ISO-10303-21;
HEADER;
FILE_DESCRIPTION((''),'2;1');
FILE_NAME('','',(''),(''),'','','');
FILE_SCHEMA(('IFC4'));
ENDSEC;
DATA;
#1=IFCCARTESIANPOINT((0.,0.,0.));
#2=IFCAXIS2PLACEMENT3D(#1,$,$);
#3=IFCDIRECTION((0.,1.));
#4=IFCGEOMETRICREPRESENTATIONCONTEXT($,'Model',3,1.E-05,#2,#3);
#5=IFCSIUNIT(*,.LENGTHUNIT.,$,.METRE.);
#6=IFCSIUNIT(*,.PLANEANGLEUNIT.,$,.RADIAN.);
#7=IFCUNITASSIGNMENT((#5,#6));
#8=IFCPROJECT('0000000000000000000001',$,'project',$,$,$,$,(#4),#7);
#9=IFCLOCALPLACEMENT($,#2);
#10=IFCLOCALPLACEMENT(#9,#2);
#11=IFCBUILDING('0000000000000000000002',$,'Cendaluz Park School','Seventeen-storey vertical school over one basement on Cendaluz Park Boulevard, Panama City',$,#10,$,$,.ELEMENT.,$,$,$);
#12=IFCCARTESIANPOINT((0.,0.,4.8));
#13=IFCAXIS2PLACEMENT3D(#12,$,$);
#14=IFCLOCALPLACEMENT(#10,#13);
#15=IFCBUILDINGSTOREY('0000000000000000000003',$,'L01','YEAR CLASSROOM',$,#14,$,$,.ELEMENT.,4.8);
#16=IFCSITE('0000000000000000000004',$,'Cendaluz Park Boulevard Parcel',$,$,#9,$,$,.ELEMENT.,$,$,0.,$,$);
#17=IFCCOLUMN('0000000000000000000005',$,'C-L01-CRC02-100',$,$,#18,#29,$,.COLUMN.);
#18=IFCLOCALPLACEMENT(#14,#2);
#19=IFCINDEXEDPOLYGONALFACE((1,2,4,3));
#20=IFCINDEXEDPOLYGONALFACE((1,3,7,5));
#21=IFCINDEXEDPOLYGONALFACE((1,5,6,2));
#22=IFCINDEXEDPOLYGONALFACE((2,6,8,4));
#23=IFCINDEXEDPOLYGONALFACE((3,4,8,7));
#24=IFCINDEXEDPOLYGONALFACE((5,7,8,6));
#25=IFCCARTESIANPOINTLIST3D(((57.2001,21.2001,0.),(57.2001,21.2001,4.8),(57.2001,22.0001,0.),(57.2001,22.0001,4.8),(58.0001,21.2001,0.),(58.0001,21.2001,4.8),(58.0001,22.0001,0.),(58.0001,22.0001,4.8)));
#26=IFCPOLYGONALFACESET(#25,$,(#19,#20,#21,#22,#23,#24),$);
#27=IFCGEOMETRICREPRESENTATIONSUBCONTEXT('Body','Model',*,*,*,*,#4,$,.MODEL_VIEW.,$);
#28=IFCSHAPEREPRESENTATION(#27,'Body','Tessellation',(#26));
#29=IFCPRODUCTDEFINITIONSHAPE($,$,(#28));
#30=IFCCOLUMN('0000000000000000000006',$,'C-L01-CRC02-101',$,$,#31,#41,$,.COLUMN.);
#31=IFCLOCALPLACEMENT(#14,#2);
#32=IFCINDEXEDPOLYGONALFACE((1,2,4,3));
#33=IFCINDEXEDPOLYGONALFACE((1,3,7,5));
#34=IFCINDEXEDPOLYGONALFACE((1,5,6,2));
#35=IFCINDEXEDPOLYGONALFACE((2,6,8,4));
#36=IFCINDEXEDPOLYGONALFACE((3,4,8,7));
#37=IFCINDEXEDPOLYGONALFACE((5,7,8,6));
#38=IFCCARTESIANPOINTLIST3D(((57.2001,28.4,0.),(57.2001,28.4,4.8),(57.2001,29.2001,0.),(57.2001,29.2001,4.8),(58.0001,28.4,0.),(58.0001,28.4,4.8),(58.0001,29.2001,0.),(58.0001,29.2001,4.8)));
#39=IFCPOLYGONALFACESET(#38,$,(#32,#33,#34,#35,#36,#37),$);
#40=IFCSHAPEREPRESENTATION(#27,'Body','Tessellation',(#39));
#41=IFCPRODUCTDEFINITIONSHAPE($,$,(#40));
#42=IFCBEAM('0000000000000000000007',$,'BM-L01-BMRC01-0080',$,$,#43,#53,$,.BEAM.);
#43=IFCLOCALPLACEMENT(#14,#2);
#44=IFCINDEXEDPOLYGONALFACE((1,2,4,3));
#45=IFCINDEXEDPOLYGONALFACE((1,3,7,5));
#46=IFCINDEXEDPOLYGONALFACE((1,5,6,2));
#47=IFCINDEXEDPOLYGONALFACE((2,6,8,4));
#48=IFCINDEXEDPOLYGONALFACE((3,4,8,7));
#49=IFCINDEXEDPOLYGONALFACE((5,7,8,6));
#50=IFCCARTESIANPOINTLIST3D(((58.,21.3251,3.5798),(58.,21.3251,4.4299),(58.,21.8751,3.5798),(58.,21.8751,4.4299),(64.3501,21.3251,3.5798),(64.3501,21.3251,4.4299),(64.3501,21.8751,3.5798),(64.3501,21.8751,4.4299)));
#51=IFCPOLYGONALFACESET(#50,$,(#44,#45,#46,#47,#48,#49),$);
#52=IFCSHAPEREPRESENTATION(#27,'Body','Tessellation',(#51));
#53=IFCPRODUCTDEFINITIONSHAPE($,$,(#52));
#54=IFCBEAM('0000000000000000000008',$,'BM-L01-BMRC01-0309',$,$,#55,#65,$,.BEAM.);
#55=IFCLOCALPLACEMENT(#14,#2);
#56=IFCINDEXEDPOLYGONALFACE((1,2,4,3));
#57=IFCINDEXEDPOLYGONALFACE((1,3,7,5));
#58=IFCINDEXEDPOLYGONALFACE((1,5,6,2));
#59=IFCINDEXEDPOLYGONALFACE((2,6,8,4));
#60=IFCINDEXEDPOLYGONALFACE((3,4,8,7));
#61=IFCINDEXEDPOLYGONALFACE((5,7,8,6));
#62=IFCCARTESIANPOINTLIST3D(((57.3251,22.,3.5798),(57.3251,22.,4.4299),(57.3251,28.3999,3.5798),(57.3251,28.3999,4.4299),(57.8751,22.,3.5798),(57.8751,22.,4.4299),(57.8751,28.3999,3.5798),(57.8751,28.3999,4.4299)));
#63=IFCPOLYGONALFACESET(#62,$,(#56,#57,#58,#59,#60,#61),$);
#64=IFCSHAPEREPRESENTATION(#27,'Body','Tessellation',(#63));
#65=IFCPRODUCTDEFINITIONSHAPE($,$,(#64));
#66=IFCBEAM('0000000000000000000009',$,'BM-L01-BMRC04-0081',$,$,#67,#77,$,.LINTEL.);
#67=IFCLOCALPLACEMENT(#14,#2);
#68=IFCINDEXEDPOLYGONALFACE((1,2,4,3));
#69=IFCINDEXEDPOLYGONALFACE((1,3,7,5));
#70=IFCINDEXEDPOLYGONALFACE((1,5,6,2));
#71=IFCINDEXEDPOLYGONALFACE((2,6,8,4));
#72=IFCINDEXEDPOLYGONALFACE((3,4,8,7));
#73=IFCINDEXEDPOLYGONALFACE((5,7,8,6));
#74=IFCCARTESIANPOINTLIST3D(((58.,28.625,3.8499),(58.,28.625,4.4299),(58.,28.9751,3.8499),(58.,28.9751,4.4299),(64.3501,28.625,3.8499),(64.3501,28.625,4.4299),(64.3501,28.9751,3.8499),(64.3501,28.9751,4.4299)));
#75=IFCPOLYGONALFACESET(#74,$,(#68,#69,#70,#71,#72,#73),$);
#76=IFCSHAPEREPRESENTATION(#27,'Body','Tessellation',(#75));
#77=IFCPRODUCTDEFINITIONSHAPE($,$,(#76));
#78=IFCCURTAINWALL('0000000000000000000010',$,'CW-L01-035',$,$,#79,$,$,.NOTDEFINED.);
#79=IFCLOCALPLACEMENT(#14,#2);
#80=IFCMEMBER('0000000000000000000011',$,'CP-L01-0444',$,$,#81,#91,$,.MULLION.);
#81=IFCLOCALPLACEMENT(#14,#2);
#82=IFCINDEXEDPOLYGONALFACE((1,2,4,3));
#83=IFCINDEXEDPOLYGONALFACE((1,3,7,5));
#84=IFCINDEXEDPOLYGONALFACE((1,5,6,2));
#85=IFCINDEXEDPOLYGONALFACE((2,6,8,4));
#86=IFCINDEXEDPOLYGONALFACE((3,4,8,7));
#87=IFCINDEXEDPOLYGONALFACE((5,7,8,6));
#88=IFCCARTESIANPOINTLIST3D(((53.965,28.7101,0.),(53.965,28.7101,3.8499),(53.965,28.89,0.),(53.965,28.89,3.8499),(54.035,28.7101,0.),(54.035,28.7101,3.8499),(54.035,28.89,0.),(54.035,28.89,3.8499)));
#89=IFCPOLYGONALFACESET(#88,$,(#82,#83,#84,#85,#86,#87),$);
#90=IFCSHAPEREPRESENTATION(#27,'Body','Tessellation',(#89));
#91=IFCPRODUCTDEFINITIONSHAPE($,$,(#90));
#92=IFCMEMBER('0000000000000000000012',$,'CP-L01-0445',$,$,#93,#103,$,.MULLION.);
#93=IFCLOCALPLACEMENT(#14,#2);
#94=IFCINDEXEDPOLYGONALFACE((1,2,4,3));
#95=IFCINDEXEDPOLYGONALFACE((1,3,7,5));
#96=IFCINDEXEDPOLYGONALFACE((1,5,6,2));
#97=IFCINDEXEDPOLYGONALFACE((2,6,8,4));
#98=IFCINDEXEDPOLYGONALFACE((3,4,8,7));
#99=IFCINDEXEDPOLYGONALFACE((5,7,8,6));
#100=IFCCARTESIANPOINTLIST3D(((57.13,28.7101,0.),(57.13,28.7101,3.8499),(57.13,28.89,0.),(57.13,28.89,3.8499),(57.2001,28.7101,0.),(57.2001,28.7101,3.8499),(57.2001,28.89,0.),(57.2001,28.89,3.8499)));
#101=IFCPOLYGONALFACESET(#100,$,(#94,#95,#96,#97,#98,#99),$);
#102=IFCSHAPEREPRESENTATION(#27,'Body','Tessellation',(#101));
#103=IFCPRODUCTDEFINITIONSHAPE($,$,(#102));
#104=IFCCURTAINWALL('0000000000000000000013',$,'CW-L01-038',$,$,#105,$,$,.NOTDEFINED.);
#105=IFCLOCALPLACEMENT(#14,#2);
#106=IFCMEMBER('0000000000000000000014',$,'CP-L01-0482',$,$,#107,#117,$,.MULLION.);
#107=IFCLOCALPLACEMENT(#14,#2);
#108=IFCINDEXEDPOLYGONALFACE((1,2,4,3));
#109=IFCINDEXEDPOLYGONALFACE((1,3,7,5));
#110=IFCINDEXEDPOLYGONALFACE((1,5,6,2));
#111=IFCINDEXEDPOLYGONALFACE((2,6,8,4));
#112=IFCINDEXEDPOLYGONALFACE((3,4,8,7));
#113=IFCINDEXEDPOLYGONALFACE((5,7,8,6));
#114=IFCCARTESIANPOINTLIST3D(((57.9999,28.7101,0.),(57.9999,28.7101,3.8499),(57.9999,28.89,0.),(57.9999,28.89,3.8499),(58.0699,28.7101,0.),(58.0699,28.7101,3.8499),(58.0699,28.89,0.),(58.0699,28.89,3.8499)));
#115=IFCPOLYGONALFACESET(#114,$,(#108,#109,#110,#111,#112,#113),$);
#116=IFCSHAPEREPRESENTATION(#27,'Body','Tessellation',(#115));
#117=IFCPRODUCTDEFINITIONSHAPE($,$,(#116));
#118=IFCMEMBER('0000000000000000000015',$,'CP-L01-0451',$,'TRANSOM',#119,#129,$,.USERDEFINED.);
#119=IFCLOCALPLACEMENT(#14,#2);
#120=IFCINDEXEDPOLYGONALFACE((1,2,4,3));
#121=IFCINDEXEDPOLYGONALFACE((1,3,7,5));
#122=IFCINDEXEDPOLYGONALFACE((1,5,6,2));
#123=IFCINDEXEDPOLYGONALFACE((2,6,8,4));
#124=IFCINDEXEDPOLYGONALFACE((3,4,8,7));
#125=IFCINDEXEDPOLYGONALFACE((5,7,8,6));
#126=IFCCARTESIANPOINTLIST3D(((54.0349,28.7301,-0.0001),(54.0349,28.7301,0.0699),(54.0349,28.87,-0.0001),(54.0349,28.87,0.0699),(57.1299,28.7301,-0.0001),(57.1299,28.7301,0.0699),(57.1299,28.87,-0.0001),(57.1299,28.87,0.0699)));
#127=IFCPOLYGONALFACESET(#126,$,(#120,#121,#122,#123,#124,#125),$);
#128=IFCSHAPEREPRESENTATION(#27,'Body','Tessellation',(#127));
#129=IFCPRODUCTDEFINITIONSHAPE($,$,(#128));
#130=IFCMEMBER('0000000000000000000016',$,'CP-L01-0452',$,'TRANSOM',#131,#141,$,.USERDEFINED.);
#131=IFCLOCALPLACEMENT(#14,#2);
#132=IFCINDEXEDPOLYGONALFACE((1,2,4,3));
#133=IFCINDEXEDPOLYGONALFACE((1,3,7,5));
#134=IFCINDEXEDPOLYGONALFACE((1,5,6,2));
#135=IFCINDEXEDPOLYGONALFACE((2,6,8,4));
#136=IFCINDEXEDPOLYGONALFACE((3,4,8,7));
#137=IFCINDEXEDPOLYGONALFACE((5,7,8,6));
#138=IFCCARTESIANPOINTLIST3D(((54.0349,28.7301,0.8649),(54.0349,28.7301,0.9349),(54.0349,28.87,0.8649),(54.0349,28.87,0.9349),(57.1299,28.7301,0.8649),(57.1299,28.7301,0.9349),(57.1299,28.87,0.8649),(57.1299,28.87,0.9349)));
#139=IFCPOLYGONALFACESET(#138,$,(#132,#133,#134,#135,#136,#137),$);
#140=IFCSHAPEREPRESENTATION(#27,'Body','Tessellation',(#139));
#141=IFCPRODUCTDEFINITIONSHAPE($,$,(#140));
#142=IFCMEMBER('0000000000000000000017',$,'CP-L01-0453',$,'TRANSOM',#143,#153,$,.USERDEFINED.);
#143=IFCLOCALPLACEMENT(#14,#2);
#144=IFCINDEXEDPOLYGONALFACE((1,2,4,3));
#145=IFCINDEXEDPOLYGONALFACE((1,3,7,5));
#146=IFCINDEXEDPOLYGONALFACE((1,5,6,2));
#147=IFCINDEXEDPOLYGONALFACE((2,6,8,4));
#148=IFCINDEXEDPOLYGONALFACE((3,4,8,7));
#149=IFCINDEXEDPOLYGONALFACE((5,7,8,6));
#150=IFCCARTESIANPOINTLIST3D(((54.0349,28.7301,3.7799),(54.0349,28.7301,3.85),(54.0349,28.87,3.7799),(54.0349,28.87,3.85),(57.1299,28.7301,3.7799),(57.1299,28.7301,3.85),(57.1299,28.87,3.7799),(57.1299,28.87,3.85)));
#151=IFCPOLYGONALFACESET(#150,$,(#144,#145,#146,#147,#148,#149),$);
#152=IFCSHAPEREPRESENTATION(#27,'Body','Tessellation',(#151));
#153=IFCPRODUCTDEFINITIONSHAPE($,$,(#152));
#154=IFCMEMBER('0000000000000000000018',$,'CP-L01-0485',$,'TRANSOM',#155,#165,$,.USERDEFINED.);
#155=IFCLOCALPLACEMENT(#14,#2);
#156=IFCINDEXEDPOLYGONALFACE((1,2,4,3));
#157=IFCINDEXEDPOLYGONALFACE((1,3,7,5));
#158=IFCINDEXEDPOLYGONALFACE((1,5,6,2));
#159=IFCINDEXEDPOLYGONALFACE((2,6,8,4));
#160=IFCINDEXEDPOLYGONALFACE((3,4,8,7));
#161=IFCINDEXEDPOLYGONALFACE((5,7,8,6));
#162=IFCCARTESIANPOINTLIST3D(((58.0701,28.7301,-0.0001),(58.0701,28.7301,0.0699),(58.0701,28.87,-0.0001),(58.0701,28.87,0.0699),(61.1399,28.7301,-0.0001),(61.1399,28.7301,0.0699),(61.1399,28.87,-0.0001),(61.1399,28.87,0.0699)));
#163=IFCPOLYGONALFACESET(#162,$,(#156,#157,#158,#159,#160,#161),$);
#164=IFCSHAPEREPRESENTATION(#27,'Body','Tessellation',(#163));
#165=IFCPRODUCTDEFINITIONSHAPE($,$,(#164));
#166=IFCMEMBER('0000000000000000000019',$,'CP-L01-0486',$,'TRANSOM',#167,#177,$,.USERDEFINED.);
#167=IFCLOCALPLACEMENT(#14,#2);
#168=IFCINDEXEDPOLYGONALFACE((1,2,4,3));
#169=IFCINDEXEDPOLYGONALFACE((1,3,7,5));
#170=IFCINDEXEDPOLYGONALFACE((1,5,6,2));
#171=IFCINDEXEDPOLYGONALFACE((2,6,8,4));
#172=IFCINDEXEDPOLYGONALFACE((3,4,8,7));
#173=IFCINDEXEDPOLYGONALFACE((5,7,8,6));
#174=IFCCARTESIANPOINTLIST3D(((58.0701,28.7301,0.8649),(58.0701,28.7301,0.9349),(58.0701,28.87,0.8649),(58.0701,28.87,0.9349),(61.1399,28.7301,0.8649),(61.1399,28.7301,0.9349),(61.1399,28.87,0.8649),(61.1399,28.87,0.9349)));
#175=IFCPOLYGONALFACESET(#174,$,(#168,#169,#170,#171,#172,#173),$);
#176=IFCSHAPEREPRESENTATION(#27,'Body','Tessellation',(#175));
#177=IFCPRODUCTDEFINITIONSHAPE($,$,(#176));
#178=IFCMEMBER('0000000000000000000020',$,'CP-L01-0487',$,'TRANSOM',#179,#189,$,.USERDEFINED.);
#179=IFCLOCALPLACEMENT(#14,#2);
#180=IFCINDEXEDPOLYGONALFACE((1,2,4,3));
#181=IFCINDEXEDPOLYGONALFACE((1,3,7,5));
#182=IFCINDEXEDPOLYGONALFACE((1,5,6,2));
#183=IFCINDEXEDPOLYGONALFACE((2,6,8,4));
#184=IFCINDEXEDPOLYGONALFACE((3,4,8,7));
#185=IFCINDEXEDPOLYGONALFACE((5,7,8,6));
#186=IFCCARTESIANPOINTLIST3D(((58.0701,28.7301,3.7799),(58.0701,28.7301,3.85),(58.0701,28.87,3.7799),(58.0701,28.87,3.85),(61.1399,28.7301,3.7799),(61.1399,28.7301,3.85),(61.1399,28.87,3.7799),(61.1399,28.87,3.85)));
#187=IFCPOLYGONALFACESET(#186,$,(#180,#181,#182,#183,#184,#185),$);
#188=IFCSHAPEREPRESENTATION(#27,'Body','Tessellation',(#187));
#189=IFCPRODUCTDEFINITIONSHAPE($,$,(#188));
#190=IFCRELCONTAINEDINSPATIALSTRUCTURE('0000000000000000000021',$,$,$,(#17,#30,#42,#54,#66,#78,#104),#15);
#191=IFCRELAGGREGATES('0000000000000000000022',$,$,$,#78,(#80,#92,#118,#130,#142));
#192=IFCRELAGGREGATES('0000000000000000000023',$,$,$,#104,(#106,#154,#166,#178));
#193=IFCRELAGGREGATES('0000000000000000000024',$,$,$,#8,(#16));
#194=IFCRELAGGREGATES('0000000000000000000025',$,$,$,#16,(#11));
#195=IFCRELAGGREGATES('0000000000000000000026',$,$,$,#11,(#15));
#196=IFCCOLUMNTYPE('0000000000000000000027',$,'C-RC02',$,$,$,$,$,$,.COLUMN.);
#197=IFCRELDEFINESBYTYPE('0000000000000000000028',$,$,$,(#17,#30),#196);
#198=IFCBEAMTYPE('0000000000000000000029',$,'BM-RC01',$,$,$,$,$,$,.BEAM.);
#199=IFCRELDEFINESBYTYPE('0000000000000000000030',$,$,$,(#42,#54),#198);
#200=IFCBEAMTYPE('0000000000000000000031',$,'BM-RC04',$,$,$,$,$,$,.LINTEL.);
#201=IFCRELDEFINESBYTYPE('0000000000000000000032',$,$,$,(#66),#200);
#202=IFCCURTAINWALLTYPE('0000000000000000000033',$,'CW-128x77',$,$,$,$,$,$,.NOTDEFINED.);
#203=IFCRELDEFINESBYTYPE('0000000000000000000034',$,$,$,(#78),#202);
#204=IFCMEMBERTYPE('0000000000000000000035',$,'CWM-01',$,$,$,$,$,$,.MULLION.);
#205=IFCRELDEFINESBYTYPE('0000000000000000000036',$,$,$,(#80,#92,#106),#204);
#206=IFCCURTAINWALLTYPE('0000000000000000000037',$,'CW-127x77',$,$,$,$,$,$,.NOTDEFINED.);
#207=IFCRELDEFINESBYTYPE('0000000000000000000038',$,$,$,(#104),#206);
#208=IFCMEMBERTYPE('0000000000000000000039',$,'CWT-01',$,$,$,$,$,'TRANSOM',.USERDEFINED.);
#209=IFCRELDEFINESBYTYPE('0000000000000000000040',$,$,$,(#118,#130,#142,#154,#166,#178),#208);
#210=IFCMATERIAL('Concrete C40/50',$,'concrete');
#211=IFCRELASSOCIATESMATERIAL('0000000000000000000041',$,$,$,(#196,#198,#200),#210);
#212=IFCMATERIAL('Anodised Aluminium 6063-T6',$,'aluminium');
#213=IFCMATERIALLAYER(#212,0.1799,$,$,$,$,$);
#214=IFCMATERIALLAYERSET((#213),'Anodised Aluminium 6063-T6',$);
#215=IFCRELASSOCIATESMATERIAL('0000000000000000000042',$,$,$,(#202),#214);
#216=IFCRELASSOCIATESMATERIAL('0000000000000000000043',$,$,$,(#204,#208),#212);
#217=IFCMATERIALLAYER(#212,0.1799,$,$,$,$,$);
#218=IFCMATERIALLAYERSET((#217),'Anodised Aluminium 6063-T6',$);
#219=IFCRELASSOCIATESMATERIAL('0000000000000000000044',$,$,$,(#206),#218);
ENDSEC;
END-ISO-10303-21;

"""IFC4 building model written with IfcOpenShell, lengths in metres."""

from ifc_helpers import new_model, si_unit, direction, frame, origin, origin_2d, place, context, subcontext, project, spatial, rectangle, extrude, material, layer, layer_set, material_profile, profile_set, type_object, element, aggregate, save


model = new_model("IFC4")

# Units and contexts
model_context = context("Model", 3, precision=1e-05, world=origin(), true_north=direction((0.0, 1.0)))
body_context = subcontext(model_context, "Body", "Model", "MODEL_VIEW")
ifc_project = project(units=[si_unit("LENGTHUNIT", "METRE"), si_unit("PLANEANGLEUNIT", "RADIAN")], contexts=[model_context])

# Site, building, storey
site_placement = place(None, origin())
site = spatial("IfcSite", under=ifc_project, at=site_placement, Name="Cendaluz Park Boulevard Parcel", CompositionType="ELEMENT", RefElevation=0.0)
building_placement = place(site_placement, origin())
building = spatial("IfcBuilding", under=site, at=building_placement, Name="Cendaluz Park School", Description="Seventeen-storey vertical school over one basement on Cendaluz Park Boulevard, Panama City", CompositionType="ELEMENT")
storey_placement = place(building_placement, frame((0.0, 0.0, 4.8)))
storey = spatial("IfcBuildingStorey", under=building, at=storey_placement, Name="L01", Description="YEAR CLASSROOM", CompositionType="ELEMENT", Elevation=4.8)

# Columns
ifc_material_1 = material(Name="Concrete C40/50", Category="concrete")
ifc_material_profile_1 = material_profile(ifc_material_1, rectangle(XDim=0.8, YDim=0.8, at=origin_2d()), Name="RC 800x800", Category="concrete")
ifc_profile_set_1 = profile_set([ifc_material_profile_1], Name="Concrete C40/50")
column_type = type_object("IfcColumnType", Name="C-RC02", PredefinedType="COLUMN", material=ifc_profile_set_1)
for number, where, z_axis, x_axis, name in (
    (1, (57.6001, 21.6001, 0.0), (0.0, 0.0, 1.0), (1.0, 0.0, 0.0), "C-L01-CRC02-100"),
    (2, (57.6001, 28.8, 0.0), (0.0, 0.0, 1.0), (1.0, 0.0, 0.0), "C-L01-CRC02-101"),
):
    element("IfcColumn", number, at=place(storey_placement, frame(where, z_axis=z_axis, x_axis=x_axis)), inside=storey, type_object=column_type, Name=name, PredefinedType="COLUMN", context=body_context, shape_type="SweptSolid", body=[
        extrude(rectangle(XDim=0.8, YDim=0.8, at=origin_2d()), origin(), (0.0, 0.0, 1.0), 4.8),
    ])

# Beams
ifc_material_profile_2 = material_profile(ifc_material_1, rectangle(XDim=0.55, YDim=0.8501, at=origin_2d()), Name="RC 550x850", Category="concrete")
ifc_profile_set_2 = profile_set([ifc_material_profile_2], Name="Concrete C40/50")
beam_type_1 = type_object("IfcBeamType", Name="BM-RC01", PredefinedType="BEAM", material=ifc_profile_set_2)
beam_1_placement = place(storey_placement, frame((58.0, 21.6001, 4.0049), z_axis=(1.0, 0.0, 0.0), x_axis=(0.0, 1.0, 0.0)))
element("IfcBeam", 3, at=beam_1_placement, inside=storey, type_object=beam_type_1, Name="BM-L01-BMRC01-0080", PredefinedType="BEAM", context=body_context, shape_type="SweptSolid", body=[
    extrude(rectangle(XDim=0.55, YDim=0.8501, at=origin_2d()), origin(), (0.0, 0.0, 1.0), 6.3501),
])
beam_2_placement = place(storey_placement, frame((57.6001, 22.0, 4.0049), z_axis=(0.0, 1.0, 0.0), x_axis=(-1.0, 0.0, 0.0)))
element("IfcBeam", 4, at=beam_2_placement, inside=storey, type_object=beam_type_1, Name="BM-L01-BMRC01-0309", PredefinedType="BEAM", context=body_context, shape_type="SweptSolid", body=[
    extrude(rectangle(XDim=0.55, YDim=0.8501, at=origin_2d()), origin(), (0.0, 0.0, 1.0), 6.3999),
])
ifc_material_profile_3 = material_profile(ifc_material_1, rectangle(XDim=0.3501, YDim=0.5801, at=origin_2d()), Name="RC 350x580", Category="concrete")
ifc_profile_set_3 = profile_set([ifc_material_profile_3], Name="Concrete C40/50")
beam_type_2 = type_object("IfcBeamType", Name="BM-RC04", PredefinedType="LINTEL", material=ifc_profile_set_3)
beam_3_placement = place(storey_placement, frame((58.0, 28.8, 4.1399), z_axis=(1.0, 0.0, 0.0), x_axis=(0.0, 1.0, 0.0)))
element("IfcBeam", 5, at=beam_3_placement, inside=storey, type_object=beam_type_2, Name="BM-L01-BMRC04-0081", PredefinedType="LINTEL", context=body_context, shape_type="SweptSolid", body=[
    extrude(rectangle(XDim=0.3501, YDim=0.5801, at=origin_2d()), origin(), (0.0, 0.0, 1.0), 6.3501),
])

# Curtain wall, members
ifc_material_2 = material(Name="Anodised Aluminium 6063-T6", Category="aluminium")
ifc_layer_1 = layer(ifc_material_2, 0.1799)
ifc_layer_set_1 = layer_set([ifc_layer_1], Name="Anodised Aluminium 6063-T6")
curtain_wall_type_1 = type_object("IfcCurtainWallType", Name="CW-128x77", PredefinedType="NOTDEFINED", material=ifc_layer_set_1)
curtain_wall_1_placement = place(storey_placement, origin())
curtain_wall_1 = element("IfcCurtainWall", 6, at=curtain_wall_1_placement, inside=storey, type_object=curtain_wall_type_1, Name="CW-L01-035", PredefinedType="NOTDEFINED")
ifc_material_profile_4 = material_profile(ifc_material_2, rectangle(XDim=0.1799, YDim=0.0701, at=origin_2d()), Name="CWM 180x70", Category="aluminium")
ifc_profile_set_4 = profile_set([ifc_material_profile_4], Name="Anodised Aluminium 6063-T6")
member_type_1 = type_object("IfcMemberType", Name="CWM-01", PredefinedType="MULLION", material=ifc_profile_set_4)
member_1_placement = place(storey_placement, frame((54.0, 28.8, 0.0), z_axis=(0.0, 0.0, 1.0), x_axis=(0.0, 1.0, 0.0)))
member_1 = element("IfcMember", 7, at=member_1_placement, type_object=member_type_1, Name="CP-L01-0444", PredefinedType="MULLION", context=body_context, shape_type="SweptSolid", body=[
    extrude(rectangle(XDim=0.1799, YDim=0.0701, at=origin_2d()), origin(), (0.0, 0.0, 1.0), 3.8499),
])
member_2_placement = place(storey_placement, frame((57.165, 28.8, 0.0), z_axis=(0.0, 0.0, 1.0), x_axis=(0.0, 1.0, 0.0)))
member_2 = element("IfcMember", 8, at=member_2_placement, type_object=member_type_1, Name="CP-L01-0445", PredefinedType="MULLION", context=body_context, shape_type="SweptSolid", body=[
    extrude(rectangle(XDim=0.1799, YDim=0.0701, at=origin_2d()), origin(), (0.0, 0.0, 1.0), 3.8499),
])

# Curtain wall, member
ifc_layer_2 = layer(ifc_material_2, 0.1799)
ifc_layer_set_2 = layer_set([ifc_layer_2], Name="Anodised Aluminium 6063-T6")
curtain_wall_type_2 = type_object("IfcCurtainWallType", Name="CW-127x77", PredefinedType="NOTDEFINED", material=ifc_layer_set_2)
curtain_wall_2_placement = place(storey_placement, origin())
curtain_wall_2 = element("IfcCurtainWall", 9, at=curtain_wall_2_placement, inside=storey, type_object=curtain_wall_type_2, Name="CW-L01-038", PredefinedType="NOTDEFINED")
member_3_placement = place(storey_placement, frame((58.0349, 28.8, 0.0), z_axis=(0.0, 0.0, 1.0), x_axis=(0.0, 1.0, 0.0)))
member_3 = element("IfcMember", 10, at=member_3_placement, type_object=member_type_1, Name="CP-L01-0482", PredefinedType="MULLION", context=body_context, shape_type="SweptSolid", body=[
    extrude(rectangle(XDim=0.1799, YDim=0.0701, at=origin_2d()), origin(), (0.0, 0.0, 1.0), 3.8499),
])

# Members
ifc_material_profile_5 = material_profile(ifc_material_2, rectangle(XDim=0.1399, YDim=0.0701, at=origin_2d()), Name="CWT 140x70", Category="aluminium")
ifc_profile_set_5 = profile_set([ifc_material_profile_5], Name="Anodised Aluminium 6063-T6")
member_type_2 = type_object("IfcMemberType", Name="CWT-01", ElementType="TRANSOM", PredefinedType="USERDEFINED", material=ifc_profile_set_5)
member_4_placement = place(storey_placement, frame((54.0349, 28.8, 0.0349), z_axis=(1.0, 0.0, 0.0), x_axis=(0.0, 1.0, 0.0)))
member_4 = element("IfcMember", 11, at=member_4_placement, type_object=member_type_2, Name="CP-L01-0451", ObjectType="TRANSOM", PredefinedType="USERDEFINED", context=body_context, shape_type="SweptSolid", body=[
    extrude(rectangle(XDim=0.1399, YDim=0.0701, at=origin_2d()), origin(), (0.0, 0.0, 1.0), 3.095),
])
member_5_placement = place(storey_placement, frame((54.0349, 28.8, 0.8999), z_axis=(1.0, 0.0, 0.0), x_axis=(0.0, 1.0, 0.0)))
member_5 = element("IfcMember", 12, at=member_5_placement, type_object=member_type_2, Name="CP-L01-0452", ObjectType="TRANSOM", PredefinedType="USERDEFINED", context=body_context, shape_type="SweptSolid", body=[
    extrude(rectangle(XDim=0.1399, YDim=0.0701, at=origin_2d()), origin(), (0.0, 0.0, 1.0), 3.095),
])
member_6_placement = place(storey_placement, frame((54.0349, 28.8, 3.8149), z_axis=(1.0, 0.0, 0.0), x_axis=(0.0, 1.0, 0.0)))
member_6 = element("IfcMember", 13, at=member_6_placement, type_object=member_type_2, Name="CP-L01-0453", ObjectType="TRANSOM", PredefinedType="USERDEFINED", context=body_context, shape_type="SweptSolid", body=[
    extrude(rectangle(XDim=0.1399, YDim=0.0701, at=origin_2d()), origin(), (0.0, 0.0, 1.0), 3.095),
])
member_7_placement = place(storey_placement, frame((58.0701, 28.8, 0.0349), z_axis=(1.0, 0.0, 0.0), x_axis=(0.0, 1.0, 0.0)))
member_7 = element("IfcMember", 14, at=member_7_placement, type_object=member_type_2, Name="CP-L01-0485", ObjectType="TRANSOM", PredefinedType="USERDEFINED", context=body_context, shape_type="SweptSolid", body=[
    extrude(rectangle(XDim=0.1399, YDim=0.0701, at=origin_2d()), origin(), (0.0, 0.0, 1.0), 3.0698),
])
member_8_placement = place(storey_placement, frame((58.0701, 28.8, 0.8999), z_axis=(1.0, 0.0, 0.0), x_axis=(0.0, 1.0, 0.0)))
member_8 = element("IfcMember", 15, at=member_8_placement, type_object=member_type_2, Name="CP-L01-0486", ObjectType="TRANSOM", PredefinedType="USERDEFINED", context=body_context, shape_type="SweptSolid", body=[
    extrude(rectangle(XDim=0.1399, YDim=0.0701, at=origin_2d()), origin(), (0.0, 0.0, 1.0), 3.0698),
])
member_9_placement = place(storey_placement, frame((58.0701, 28.8, 3.8149), z_axis=(1.0, 0.0, 0.0), x_axis=(0.0, 1.0, 0.0)))
member_9 = element("IfcMember", 16, at=member_9_placement, type_object=member_type_2, Name="CP-L01-0487", ObjectType="TRANSOM", PredefinedType="USERDEFINED", context=body_context, shape_type="SweptSolid", body=[
    extrude(rectangle(XDim=0.1399, YDim=0.0701, at=origin_2d()), origin(), (0.0, 0.0, 1.0), 3.0698),
])

aggregate(curtain_wall_1, [member_1, member_2, member_4, member_5, member_6])
aggregate(curtain_wall_2, [member_3, member_7, member_8, member_9])

save(model, "model.ifc")
